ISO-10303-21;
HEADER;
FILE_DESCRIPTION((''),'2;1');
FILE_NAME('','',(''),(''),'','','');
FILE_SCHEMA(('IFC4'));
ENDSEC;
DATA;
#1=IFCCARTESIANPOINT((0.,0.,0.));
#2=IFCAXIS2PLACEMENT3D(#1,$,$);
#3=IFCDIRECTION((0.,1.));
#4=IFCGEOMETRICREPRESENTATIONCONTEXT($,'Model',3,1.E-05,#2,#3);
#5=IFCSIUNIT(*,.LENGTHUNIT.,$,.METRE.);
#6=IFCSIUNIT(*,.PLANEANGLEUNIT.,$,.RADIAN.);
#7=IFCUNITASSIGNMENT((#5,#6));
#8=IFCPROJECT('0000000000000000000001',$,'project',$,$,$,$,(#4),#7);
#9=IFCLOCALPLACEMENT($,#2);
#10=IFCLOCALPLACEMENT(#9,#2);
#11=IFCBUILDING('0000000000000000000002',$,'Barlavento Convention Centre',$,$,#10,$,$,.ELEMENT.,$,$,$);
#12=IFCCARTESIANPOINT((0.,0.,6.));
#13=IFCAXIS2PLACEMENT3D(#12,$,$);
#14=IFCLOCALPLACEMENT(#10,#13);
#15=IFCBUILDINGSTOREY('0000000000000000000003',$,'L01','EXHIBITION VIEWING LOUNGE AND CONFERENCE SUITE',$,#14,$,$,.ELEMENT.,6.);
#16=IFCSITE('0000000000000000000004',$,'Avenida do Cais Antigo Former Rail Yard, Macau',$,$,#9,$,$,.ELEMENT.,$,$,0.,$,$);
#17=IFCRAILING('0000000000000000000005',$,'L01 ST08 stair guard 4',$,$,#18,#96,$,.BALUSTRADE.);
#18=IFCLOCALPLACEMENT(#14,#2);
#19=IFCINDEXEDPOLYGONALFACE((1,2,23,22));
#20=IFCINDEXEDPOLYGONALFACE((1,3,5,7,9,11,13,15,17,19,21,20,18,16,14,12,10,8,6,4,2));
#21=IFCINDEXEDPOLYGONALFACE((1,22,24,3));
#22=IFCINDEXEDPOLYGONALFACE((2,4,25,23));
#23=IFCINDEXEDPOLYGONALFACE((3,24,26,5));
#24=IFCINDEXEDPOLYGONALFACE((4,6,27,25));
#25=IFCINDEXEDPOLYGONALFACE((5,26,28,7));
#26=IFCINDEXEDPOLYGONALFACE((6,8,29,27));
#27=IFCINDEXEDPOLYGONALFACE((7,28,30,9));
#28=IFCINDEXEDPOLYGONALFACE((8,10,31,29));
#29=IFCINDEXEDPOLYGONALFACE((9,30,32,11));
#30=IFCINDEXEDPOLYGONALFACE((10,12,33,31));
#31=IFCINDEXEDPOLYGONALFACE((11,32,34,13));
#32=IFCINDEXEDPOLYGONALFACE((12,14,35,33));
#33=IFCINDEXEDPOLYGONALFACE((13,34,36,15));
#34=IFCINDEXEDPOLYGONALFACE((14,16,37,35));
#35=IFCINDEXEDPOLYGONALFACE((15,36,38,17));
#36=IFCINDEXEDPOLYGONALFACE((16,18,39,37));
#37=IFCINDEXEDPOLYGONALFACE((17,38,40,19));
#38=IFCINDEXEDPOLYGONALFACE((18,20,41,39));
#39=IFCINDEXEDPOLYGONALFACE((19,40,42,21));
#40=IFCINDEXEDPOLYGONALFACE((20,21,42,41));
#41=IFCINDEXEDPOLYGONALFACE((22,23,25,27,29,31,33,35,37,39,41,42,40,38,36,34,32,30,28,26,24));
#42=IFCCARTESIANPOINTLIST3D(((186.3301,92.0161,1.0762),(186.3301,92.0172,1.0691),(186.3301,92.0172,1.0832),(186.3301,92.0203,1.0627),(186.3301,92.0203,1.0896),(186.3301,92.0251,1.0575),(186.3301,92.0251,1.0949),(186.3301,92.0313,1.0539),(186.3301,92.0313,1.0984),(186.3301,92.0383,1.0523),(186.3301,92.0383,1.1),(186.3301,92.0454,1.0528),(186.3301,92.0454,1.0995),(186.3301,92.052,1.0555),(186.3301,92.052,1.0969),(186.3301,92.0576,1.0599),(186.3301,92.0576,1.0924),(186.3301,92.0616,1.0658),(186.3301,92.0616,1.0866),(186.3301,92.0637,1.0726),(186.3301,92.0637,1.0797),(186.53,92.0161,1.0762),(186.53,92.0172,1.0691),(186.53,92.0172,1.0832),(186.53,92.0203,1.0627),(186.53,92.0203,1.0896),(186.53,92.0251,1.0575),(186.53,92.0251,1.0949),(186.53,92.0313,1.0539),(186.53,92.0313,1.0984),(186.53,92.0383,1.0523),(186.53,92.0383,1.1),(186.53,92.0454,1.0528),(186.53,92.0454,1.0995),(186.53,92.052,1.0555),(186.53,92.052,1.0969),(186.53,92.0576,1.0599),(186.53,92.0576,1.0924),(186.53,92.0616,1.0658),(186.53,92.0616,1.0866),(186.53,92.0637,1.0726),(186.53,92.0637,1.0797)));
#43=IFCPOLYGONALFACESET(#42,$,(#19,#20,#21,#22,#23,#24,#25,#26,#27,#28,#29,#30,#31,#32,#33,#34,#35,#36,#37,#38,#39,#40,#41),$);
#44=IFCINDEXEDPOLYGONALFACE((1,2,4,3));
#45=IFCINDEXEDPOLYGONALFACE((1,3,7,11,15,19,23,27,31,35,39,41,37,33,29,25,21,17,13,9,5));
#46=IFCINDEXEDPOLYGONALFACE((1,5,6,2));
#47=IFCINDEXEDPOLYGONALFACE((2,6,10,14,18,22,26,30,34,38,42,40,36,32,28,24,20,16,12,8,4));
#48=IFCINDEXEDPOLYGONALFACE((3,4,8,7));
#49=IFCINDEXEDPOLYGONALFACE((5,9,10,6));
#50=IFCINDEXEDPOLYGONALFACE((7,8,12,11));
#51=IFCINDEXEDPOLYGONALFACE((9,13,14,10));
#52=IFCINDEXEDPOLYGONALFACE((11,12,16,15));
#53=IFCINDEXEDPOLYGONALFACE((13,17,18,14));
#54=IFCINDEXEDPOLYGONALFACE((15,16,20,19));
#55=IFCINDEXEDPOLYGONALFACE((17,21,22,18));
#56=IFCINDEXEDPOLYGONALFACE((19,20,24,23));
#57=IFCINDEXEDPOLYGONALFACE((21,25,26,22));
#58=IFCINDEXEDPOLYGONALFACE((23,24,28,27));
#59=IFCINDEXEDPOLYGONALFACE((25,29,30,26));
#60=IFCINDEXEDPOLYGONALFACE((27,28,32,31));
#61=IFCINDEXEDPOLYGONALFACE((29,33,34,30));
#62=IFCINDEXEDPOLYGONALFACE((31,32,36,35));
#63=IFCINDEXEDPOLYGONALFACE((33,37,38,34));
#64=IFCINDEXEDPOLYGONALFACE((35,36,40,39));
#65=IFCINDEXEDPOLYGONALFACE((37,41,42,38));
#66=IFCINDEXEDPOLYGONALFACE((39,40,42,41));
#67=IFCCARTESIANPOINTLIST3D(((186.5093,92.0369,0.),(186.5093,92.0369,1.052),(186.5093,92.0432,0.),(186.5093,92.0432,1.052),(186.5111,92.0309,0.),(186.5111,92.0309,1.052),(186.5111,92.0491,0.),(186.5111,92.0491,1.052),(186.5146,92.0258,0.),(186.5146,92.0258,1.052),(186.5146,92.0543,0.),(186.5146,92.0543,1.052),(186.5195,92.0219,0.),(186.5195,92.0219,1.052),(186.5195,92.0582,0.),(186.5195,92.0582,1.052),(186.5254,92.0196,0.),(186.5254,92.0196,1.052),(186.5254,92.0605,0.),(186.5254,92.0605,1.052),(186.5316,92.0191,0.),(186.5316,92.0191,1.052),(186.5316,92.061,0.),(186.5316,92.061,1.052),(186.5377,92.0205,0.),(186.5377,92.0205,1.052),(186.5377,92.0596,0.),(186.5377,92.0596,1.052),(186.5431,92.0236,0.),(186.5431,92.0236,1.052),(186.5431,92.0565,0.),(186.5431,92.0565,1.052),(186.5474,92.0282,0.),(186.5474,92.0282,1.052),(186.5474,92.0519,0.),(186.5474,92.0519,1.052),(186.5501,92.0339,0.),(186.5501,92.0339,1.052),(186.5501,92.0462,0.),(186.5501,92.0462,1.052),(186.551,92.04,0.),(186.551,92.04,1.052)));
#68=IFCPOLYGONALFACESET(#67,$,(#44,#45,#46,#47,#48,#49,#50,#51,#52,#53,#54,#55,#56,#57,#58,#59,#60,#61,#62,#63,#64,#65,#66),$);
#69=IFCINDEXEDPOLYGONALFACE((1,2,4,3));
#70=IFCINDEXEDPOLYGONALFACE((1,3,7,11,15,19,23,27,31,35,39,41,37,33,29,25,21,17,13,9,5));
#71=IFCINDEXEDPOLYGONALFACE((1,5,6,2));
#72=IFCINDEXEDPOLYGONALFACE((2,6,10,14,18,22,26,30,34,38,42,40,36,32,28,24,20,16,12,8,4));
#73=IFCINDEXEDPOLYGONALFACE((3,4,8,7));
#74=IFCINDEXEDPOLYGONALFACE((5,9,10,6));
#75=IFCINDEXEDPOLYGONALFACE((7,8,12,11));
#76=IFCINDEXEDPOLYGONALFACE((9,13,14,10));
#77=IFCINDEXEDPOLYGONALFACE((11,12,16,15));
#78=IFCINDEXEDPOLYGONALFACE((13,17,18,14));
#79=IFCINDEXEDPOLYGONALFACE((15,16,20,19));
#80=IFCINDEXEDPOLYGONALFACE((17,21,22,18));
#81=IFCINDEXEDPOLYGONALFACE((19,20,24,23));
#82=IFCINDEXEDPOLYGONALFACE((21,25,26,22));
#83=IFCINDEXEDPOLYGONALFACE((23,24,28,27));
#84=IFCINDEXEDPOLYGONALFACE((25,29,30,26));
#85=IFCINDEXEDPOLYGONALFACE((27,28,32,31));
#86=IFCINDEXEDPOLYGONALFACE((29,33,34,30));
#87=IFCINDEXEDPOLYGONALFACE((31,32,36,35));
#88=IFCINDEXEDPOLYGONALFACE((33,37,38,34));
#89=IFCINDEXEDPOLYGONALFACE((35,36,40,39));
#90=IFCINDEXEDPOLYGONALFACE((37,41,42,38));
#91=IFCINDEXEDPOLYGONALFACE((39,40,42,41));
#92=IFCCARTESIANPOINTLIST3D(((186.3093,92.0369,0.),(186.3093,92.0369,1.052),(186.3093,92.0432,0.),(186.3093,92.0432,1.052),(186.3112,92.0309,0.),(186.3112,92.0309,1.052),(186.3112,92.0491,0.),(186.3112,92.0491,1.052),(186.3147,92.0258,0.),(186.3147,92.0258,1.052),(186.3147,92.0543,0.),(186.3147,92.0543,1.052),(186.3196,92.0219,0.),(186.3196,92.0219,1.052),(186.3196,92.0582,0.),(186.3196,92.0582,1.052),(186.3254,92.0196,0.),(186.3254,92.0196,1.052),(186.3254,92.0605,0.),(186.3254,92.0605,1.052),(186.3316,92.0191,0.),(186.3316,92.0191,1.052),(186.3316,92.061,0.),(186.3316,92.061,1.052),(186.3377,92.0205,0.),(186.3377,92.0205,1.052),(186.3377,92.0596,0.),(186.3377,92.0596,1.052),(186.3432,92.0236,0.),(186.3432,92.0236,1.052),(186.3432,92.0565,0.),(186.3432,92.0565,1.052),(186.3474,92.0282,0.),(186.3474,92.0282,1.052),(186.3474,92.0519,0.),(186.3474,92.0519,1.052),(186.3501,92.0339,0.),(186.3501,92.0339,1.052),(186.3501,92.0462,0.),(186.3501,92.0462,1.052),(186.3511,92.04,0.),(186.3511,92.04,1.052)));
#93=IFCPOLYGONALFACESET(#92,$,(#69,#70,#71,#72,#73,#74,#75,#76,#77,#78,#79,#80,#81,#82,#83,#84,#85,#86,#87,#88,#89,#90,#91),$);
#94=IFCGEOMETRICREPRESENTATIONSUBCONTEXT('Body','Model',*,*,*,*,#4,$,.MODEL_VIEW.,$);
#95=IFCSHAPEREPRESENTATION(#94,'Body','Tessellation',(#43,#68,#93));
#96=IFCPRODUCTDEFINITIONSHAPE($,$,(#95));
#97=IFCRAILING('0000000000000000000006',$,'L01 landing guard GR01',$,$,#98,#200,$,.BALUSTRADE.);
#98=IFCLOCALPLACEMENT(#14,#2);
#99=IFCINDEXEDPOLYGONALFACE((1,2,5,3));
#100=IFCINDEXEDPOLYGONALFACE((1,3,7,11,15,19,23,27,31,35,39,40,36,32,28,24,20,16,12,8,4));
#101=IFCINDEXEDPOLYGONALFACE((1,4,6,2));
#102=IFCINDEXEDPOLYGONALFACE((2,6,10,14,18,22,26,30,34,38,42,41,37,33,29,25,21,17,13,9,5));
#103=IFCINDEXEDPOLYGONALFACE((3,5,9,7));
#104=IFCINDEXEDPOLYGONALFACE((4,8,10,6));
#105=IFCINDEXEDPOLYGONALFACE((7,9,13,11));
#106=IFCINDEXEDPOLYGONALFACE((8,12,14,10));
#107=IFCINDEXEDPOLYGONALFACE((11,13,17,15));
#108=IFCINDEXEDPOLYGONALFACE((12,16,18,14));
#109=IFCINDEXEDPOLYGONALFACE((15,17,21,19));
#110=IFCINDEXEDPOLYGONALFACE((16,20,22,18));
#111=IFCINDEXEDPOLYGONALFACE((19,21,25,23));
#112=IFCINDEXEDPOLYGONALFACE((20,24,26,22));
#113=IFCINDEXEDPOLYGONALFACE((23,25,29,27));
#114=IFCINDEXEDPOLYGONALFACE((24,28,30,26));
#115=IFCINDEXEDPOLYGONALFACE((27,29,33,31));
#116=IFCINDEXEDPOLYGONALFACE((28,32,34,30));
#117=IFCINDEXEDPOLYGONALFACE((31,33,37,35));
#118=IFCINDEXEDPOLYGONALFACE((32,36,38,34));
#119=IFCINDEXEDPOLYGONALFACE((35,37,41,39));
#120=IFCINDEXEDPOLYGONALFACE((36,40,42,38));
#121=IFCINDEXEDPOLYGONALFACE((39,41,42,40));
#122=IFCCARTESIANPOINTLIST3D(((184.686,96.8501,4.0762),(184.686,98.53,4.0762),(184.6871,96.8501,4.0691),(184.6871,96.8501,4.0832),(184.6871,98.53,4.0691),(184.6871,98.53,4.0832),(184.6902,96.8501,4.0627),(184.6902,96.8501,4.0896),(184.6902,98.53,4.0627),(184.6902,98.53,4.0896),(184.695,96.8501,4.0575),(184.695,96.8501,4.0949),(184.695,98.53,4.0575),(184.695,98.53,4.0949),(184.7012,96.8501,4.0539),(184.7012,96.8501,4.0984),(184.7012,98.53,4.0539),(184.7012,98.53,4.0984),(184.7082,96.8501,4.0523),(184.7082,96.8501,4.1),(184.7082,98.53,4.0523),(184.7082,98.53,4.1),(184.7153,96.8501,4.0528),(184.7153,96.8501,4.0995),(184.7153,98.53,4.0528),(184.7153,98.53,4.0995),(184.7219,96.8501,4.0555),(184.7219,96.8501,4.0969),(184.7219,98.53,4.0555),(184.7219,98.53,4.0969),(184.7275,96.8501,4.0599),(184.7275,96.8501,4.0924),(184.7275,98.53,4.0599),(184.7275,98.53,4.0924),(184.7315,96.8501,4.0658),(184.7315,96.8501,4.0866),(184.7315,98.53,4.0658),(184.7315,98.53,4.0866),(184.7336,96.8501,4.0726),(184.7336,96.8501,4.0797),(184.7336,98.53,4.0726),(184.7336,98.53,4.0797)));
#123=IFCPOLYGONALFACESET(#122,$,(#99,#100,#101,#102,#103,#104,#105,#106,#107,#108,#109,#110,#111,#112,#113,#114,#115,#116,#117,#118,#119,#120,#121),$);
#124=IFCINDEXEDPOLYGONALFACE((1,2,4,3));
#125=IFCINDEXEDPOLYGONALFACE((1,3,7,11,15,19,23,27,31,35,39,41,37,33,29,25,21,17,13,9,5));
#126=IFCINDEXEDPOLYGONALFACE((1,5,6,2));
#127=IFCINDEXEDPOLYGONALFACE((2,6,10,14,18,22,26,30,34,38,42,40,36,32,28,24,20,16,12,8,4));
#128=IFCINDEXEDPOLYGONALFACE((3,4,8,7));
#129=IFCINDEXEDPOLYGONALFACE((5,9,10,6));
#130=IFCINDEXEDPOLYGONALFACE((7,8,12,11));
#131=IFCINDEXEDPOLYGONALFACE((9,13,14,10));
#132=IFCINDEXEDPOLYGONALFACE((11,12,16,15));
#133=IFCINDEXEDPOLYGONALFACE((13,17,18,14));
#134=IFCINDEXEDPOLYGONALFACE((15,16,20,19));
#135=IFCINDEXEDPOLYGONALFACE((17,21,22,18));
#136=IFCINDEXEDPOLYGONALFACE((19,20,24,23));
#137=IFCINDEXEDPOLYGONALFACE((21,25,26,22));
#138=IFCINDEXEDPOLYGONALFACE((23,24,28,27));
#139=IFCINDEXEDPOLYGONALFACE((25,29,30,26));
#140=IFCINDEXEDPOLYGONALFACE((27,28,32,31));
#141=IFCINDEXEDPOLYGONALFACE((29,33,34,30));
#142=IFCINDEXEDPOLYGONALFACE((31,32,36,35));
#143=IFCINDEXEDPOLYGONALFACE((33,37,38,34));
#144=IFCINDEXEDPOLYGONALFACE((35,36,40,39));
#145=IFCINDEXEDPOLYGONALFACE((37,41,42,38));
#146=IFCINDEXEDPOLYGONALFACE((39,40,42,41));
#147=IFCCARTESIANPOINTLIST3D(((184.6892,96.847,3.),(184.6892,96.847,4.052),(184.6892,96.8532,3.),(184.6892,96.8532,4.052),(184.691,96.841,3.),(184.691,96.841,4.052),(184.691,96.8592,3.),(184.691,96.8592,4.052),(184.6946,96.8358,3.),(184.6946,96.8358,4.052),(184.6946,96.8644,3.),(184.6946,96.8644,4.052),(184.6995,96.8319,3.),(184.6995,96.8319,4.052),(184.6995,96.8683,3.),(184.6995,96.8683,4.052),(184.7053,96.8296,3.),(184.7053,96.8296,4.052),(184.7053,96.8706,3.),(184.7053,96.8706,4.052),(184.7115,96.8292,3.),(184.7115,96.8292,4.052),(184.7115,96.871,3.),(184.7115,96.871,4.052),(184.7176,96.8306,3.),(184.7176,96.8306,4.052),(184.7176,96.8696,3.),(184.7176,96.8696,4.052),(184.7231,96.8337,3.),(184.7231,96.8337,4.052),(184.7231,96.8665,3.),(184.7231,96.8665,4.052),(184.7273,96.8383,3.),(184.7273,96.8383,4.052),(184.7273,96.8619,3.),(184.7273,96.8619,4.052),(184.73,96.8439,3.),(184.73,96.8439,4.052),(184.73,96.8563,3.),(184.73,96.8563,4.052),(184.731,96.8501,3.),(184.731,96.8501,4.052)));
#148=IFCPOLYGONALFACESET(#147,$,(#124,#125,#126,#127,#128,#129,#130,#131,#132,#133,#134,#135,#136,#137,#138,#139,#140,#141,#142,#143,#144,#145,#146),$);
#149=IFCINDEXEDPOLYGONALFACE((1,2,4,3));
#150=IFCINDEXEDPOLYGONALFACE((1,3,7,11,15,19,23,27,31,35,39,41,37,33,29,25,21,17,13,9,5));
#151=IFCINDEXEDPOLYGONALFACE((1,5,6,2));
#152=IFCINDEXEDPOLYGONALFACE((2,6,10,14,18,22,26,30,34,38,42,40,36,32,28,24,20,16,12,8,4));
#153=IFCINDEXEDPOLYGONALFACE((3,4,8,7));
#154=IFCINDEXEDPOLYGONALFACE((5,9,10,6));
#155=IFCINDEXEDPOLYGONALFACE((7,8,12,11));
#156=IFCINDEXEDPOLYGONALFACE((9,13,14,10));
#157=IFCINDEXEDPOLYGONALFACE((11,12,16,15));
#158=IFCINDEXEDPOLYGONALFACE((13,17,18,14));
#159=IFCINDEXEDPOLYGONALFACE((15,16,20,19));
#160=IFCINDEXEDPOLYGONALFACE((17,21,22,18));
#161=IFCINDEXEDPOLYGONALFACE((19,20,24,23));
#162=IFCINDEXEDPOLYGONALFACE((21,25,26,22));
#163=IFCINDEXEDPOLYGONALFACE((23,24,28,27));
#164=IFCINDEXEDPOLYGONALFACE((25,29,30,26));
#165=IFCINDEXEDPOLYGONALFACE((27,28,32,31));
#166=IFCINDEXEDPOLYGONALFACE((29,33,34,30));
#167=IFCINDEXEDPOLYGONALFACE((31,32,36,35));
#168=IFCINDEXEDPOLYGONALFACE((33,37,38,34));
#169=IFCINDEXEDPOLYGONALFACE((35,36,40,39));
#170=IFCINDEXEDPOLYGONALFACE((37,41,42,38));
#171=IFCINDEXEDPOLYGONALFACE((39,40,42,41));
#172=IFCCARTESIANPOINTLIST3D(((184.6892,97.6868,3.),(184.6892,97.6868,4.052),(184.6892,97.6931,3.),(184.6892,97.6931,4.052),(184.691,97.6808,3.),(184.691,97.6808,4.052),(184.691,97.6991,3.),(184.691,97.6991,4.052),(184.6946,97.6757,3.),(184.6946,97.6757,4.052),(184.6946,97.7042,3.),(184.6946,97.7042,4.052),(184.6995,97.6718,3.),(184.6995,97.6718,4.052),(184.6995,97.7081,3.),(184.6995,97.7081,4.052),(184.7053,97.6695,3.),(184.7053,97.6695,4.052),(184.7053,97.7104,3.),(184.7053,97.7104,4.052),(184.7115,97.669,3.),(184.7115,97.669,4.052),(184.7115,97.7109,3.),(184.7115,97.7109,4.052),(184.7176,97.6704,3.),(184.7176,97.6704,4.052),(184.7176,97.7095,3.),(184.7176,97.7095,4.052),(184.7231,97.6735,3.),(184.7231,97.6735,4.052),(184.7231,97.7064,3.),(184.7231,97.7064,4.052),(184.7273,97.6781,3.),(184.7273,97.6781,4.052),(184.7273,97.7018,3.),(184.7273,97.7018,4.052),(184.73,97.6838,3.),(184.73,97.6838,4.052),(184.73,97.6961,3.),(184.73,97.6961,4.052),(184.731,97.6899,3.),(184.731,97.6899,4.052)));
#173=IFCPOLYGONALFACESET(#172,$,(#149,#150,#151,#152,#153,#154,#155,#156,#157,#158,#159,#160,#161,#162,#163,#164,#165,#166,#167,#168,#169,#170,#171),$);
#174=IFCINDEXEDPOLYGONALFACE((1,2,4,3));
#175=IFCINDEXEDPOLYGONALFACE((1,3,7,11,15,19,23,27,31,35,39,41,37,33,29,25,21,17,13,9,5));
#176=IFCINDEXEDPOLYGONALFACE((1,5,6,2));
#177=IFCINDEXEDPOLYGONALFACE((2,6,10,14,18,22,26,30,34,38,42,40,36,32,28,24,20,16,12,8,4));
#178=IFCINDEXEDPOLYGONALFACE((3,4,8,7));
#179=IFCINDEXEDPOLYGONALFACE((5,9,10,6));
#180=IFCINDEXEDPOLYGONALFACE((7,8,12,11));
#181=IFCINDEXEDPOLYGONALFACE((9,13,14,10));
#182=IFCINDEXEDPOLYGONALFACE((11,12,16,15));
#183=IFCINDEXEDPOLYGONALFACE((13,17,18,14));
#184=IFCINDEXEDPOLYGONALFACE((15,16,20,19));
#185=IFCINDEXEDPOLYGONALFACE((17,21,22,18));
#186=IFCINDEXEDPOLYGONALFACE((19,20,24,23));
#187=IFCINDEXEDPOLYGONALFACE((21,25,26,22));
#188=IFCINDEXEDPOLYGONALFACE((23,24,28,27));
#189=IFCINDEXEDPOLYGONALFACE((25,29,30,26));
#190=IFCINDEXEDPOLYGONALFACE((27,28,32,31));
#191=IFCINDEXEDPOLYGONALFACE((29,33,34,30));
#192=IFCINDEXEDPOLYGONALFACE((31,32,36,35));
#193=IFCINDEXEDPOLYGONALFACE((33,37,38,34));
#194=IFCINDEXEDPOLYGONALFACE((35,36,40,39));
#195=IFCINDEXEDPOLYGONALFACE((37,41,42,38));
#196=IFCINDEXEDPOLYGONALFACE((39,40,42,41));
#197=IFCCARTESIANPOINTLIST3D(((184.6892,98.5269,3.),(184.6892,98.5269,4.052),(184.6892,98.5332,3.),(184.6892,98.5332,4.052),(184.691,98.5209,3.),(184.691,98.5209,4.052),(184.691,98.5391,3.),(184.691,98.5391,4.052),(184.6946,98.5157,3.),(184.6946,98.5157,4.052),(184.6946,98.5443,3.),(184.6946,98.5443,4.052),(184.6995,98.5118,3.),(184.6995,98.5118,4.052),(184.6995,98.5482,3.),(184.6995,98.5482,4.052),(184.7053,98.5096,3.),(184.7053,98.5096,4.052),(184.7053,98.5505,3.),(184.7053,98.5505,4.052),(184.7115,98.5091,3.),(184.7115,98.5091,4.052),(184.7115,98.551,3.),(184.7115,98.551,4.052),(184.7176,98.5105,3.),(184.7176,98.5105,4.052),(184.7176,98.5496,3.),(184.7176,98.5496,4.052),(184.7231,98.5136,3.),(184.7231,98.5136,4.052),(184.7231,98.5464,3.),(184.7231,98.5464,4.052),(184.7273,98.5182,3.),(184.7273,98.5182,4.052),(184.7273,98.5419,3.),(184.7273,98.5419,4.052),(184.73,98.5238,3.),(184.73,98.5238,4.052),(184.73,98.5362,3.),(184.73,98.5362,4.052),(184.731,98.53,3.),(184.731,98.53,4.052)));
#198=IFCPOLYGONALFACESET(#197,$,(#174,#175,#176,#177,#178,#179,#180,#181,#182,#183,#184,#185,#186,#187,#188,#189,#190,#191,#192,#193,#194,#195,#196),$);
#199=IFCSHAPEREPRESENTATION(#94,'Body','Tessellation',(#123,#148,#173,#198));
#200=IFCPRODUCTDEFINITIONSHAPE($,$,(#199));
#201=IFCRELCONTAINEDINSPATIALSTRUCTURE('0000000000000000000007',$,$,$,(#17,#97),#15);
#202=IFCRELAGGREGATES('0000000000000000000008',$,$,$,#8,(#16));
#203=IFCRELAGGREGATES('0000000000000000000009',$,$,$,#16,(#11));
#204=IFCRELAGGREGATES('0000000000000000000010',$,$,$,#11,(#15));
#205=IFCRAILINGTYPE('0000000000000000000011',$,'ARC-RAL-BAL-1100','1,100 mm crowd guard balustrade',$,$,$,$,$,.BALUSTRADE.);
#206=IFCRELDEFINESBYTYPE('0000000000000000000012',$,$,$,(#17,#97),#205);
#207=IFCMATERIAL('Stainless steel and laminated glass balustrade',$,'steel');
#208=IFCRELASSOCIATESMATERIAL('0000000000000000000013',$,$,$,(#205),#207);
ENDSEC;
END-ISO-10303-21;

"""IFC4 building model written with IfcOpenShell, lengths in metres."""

from ifc_helpers import new_model, si_unit, direction, frame, origin, origin_2d, place, context, subcontext, project, spatial, circle, extrude, material, type_object, element, save


model = new_model("IFC4")

# Units and contexts
model_context = context("Model", 3, precision=1e-05, world=origin(), true_north=direction((0.0, 1.0)))
body_context = subcontext(model_context, "Body", "Model", "MODEL_VIEW")
ifc_project = project(units=[si_unit("LENGTHUNIT", "METRE"), si_unit("PLANEANGLEUNIT", "RADIAN")], contexts=[model_context])

# Site, building, storey
site_placement = place(None, origin())
site = spatial("IfcSite", under=ifc_project, at=site_placement, Name="Avenida do Cais Antigo Former Rail Yard, Macau", CompositionType="ELEMENT", RefElevation=0.0)
building_placement = place(site_placement, origin())
building = spatial("IfcBuilding", under=site, at=building_placement, Name="Barlavento Convention Centre", CompositionType="ELEMENT")
storey_placement = place(building_placement, frame((0.0, 0.0, 6.0)))
storey = spatial("IfcBuildingStorey", under=building, at=storey_placement, Name="L01", Description="EXHIBITION VIEWING LOUNGE AND CONFERENCE SUITE", CompositionType="ELEMENT", Elevation=6.0)

# Railings
ifc_material_1 = material(Name="Stainless steel and laminated glass balustrade", Category="steel")
railing_type_1 = type_object("IfcRailingType", Name="ARC-RAL-BAL-1100", Description="1,100 mm crowd guard balustrade", PredefinedType="BALUSTRADE", material=ifc_material_1)
railing_1_placement = place(storey_placement, frame((186.53, 92.04, 0.0)))
element("IfcRailing", 1, at=railing_1_placement, inside=storey, type_object=railing_type_1, Name="L01 ST08 stair guard 4", PredefinedType="BALUSTRADE", context=body_context, shape_type="SweptSolid", body=[
    extrude(circle(Radius=0.0239, at=origin_2d()), frame((0.0, 0.0, 1.0762), z_axis=(-1.0, 0.0, 0.0), x_axis=(0.0, -1.0, 0.0)), (0.0, 0.0, 1.0), 0.2),
    extrude(circle(Radius=0.021, at=origin_2d()), origin(), (0.0, 0.0, 1.0), 1.052),
    extrude(circle(Radius=0.021, at=origin_2d()), frame((-0.2, 0.0, 0.0)), (0.0, 0.0, 1.0), 1.052),
])
railing_2_placement = place(storey_placement, frame((184.71, 96.8501, 3.0)))
element("IfcRailing", 2, at=railing_2_placement, inside=storey, type_object=railing_type_1, Name="L01 landing guard GR01", PredefinedType="BALUSTRADE", context=body_context, shape_type="SweptSolid", body=[
    extrude(circle(Radius=0.0239, at=origin_2d()), frame((0.0, 0.0, 1.0762), z_axis=(0.0, 1.0, 0.0), x_axis=(-1.0, 0.0, 0.0)), (0.0, 0.0, 1.0), 1.6799),
    extrude(circle(Radius=0.021, at=origin_2d()), origin(), (0.0, 0.0, 1.0), 1.052),
    extrude(circle(Radius=0.021, at=origin_2d()), frame((0.0, 0.8398, 0.0)), (0.0, 0.0, 1.0), 1.052),
    extrude(circle(Radius=0.021, at=origin_2d()), frame((0.0, 1.6799, 0.0)), (0.0, 0.0, 1.0), 1.052),
])

save(model, "model.ifc")
